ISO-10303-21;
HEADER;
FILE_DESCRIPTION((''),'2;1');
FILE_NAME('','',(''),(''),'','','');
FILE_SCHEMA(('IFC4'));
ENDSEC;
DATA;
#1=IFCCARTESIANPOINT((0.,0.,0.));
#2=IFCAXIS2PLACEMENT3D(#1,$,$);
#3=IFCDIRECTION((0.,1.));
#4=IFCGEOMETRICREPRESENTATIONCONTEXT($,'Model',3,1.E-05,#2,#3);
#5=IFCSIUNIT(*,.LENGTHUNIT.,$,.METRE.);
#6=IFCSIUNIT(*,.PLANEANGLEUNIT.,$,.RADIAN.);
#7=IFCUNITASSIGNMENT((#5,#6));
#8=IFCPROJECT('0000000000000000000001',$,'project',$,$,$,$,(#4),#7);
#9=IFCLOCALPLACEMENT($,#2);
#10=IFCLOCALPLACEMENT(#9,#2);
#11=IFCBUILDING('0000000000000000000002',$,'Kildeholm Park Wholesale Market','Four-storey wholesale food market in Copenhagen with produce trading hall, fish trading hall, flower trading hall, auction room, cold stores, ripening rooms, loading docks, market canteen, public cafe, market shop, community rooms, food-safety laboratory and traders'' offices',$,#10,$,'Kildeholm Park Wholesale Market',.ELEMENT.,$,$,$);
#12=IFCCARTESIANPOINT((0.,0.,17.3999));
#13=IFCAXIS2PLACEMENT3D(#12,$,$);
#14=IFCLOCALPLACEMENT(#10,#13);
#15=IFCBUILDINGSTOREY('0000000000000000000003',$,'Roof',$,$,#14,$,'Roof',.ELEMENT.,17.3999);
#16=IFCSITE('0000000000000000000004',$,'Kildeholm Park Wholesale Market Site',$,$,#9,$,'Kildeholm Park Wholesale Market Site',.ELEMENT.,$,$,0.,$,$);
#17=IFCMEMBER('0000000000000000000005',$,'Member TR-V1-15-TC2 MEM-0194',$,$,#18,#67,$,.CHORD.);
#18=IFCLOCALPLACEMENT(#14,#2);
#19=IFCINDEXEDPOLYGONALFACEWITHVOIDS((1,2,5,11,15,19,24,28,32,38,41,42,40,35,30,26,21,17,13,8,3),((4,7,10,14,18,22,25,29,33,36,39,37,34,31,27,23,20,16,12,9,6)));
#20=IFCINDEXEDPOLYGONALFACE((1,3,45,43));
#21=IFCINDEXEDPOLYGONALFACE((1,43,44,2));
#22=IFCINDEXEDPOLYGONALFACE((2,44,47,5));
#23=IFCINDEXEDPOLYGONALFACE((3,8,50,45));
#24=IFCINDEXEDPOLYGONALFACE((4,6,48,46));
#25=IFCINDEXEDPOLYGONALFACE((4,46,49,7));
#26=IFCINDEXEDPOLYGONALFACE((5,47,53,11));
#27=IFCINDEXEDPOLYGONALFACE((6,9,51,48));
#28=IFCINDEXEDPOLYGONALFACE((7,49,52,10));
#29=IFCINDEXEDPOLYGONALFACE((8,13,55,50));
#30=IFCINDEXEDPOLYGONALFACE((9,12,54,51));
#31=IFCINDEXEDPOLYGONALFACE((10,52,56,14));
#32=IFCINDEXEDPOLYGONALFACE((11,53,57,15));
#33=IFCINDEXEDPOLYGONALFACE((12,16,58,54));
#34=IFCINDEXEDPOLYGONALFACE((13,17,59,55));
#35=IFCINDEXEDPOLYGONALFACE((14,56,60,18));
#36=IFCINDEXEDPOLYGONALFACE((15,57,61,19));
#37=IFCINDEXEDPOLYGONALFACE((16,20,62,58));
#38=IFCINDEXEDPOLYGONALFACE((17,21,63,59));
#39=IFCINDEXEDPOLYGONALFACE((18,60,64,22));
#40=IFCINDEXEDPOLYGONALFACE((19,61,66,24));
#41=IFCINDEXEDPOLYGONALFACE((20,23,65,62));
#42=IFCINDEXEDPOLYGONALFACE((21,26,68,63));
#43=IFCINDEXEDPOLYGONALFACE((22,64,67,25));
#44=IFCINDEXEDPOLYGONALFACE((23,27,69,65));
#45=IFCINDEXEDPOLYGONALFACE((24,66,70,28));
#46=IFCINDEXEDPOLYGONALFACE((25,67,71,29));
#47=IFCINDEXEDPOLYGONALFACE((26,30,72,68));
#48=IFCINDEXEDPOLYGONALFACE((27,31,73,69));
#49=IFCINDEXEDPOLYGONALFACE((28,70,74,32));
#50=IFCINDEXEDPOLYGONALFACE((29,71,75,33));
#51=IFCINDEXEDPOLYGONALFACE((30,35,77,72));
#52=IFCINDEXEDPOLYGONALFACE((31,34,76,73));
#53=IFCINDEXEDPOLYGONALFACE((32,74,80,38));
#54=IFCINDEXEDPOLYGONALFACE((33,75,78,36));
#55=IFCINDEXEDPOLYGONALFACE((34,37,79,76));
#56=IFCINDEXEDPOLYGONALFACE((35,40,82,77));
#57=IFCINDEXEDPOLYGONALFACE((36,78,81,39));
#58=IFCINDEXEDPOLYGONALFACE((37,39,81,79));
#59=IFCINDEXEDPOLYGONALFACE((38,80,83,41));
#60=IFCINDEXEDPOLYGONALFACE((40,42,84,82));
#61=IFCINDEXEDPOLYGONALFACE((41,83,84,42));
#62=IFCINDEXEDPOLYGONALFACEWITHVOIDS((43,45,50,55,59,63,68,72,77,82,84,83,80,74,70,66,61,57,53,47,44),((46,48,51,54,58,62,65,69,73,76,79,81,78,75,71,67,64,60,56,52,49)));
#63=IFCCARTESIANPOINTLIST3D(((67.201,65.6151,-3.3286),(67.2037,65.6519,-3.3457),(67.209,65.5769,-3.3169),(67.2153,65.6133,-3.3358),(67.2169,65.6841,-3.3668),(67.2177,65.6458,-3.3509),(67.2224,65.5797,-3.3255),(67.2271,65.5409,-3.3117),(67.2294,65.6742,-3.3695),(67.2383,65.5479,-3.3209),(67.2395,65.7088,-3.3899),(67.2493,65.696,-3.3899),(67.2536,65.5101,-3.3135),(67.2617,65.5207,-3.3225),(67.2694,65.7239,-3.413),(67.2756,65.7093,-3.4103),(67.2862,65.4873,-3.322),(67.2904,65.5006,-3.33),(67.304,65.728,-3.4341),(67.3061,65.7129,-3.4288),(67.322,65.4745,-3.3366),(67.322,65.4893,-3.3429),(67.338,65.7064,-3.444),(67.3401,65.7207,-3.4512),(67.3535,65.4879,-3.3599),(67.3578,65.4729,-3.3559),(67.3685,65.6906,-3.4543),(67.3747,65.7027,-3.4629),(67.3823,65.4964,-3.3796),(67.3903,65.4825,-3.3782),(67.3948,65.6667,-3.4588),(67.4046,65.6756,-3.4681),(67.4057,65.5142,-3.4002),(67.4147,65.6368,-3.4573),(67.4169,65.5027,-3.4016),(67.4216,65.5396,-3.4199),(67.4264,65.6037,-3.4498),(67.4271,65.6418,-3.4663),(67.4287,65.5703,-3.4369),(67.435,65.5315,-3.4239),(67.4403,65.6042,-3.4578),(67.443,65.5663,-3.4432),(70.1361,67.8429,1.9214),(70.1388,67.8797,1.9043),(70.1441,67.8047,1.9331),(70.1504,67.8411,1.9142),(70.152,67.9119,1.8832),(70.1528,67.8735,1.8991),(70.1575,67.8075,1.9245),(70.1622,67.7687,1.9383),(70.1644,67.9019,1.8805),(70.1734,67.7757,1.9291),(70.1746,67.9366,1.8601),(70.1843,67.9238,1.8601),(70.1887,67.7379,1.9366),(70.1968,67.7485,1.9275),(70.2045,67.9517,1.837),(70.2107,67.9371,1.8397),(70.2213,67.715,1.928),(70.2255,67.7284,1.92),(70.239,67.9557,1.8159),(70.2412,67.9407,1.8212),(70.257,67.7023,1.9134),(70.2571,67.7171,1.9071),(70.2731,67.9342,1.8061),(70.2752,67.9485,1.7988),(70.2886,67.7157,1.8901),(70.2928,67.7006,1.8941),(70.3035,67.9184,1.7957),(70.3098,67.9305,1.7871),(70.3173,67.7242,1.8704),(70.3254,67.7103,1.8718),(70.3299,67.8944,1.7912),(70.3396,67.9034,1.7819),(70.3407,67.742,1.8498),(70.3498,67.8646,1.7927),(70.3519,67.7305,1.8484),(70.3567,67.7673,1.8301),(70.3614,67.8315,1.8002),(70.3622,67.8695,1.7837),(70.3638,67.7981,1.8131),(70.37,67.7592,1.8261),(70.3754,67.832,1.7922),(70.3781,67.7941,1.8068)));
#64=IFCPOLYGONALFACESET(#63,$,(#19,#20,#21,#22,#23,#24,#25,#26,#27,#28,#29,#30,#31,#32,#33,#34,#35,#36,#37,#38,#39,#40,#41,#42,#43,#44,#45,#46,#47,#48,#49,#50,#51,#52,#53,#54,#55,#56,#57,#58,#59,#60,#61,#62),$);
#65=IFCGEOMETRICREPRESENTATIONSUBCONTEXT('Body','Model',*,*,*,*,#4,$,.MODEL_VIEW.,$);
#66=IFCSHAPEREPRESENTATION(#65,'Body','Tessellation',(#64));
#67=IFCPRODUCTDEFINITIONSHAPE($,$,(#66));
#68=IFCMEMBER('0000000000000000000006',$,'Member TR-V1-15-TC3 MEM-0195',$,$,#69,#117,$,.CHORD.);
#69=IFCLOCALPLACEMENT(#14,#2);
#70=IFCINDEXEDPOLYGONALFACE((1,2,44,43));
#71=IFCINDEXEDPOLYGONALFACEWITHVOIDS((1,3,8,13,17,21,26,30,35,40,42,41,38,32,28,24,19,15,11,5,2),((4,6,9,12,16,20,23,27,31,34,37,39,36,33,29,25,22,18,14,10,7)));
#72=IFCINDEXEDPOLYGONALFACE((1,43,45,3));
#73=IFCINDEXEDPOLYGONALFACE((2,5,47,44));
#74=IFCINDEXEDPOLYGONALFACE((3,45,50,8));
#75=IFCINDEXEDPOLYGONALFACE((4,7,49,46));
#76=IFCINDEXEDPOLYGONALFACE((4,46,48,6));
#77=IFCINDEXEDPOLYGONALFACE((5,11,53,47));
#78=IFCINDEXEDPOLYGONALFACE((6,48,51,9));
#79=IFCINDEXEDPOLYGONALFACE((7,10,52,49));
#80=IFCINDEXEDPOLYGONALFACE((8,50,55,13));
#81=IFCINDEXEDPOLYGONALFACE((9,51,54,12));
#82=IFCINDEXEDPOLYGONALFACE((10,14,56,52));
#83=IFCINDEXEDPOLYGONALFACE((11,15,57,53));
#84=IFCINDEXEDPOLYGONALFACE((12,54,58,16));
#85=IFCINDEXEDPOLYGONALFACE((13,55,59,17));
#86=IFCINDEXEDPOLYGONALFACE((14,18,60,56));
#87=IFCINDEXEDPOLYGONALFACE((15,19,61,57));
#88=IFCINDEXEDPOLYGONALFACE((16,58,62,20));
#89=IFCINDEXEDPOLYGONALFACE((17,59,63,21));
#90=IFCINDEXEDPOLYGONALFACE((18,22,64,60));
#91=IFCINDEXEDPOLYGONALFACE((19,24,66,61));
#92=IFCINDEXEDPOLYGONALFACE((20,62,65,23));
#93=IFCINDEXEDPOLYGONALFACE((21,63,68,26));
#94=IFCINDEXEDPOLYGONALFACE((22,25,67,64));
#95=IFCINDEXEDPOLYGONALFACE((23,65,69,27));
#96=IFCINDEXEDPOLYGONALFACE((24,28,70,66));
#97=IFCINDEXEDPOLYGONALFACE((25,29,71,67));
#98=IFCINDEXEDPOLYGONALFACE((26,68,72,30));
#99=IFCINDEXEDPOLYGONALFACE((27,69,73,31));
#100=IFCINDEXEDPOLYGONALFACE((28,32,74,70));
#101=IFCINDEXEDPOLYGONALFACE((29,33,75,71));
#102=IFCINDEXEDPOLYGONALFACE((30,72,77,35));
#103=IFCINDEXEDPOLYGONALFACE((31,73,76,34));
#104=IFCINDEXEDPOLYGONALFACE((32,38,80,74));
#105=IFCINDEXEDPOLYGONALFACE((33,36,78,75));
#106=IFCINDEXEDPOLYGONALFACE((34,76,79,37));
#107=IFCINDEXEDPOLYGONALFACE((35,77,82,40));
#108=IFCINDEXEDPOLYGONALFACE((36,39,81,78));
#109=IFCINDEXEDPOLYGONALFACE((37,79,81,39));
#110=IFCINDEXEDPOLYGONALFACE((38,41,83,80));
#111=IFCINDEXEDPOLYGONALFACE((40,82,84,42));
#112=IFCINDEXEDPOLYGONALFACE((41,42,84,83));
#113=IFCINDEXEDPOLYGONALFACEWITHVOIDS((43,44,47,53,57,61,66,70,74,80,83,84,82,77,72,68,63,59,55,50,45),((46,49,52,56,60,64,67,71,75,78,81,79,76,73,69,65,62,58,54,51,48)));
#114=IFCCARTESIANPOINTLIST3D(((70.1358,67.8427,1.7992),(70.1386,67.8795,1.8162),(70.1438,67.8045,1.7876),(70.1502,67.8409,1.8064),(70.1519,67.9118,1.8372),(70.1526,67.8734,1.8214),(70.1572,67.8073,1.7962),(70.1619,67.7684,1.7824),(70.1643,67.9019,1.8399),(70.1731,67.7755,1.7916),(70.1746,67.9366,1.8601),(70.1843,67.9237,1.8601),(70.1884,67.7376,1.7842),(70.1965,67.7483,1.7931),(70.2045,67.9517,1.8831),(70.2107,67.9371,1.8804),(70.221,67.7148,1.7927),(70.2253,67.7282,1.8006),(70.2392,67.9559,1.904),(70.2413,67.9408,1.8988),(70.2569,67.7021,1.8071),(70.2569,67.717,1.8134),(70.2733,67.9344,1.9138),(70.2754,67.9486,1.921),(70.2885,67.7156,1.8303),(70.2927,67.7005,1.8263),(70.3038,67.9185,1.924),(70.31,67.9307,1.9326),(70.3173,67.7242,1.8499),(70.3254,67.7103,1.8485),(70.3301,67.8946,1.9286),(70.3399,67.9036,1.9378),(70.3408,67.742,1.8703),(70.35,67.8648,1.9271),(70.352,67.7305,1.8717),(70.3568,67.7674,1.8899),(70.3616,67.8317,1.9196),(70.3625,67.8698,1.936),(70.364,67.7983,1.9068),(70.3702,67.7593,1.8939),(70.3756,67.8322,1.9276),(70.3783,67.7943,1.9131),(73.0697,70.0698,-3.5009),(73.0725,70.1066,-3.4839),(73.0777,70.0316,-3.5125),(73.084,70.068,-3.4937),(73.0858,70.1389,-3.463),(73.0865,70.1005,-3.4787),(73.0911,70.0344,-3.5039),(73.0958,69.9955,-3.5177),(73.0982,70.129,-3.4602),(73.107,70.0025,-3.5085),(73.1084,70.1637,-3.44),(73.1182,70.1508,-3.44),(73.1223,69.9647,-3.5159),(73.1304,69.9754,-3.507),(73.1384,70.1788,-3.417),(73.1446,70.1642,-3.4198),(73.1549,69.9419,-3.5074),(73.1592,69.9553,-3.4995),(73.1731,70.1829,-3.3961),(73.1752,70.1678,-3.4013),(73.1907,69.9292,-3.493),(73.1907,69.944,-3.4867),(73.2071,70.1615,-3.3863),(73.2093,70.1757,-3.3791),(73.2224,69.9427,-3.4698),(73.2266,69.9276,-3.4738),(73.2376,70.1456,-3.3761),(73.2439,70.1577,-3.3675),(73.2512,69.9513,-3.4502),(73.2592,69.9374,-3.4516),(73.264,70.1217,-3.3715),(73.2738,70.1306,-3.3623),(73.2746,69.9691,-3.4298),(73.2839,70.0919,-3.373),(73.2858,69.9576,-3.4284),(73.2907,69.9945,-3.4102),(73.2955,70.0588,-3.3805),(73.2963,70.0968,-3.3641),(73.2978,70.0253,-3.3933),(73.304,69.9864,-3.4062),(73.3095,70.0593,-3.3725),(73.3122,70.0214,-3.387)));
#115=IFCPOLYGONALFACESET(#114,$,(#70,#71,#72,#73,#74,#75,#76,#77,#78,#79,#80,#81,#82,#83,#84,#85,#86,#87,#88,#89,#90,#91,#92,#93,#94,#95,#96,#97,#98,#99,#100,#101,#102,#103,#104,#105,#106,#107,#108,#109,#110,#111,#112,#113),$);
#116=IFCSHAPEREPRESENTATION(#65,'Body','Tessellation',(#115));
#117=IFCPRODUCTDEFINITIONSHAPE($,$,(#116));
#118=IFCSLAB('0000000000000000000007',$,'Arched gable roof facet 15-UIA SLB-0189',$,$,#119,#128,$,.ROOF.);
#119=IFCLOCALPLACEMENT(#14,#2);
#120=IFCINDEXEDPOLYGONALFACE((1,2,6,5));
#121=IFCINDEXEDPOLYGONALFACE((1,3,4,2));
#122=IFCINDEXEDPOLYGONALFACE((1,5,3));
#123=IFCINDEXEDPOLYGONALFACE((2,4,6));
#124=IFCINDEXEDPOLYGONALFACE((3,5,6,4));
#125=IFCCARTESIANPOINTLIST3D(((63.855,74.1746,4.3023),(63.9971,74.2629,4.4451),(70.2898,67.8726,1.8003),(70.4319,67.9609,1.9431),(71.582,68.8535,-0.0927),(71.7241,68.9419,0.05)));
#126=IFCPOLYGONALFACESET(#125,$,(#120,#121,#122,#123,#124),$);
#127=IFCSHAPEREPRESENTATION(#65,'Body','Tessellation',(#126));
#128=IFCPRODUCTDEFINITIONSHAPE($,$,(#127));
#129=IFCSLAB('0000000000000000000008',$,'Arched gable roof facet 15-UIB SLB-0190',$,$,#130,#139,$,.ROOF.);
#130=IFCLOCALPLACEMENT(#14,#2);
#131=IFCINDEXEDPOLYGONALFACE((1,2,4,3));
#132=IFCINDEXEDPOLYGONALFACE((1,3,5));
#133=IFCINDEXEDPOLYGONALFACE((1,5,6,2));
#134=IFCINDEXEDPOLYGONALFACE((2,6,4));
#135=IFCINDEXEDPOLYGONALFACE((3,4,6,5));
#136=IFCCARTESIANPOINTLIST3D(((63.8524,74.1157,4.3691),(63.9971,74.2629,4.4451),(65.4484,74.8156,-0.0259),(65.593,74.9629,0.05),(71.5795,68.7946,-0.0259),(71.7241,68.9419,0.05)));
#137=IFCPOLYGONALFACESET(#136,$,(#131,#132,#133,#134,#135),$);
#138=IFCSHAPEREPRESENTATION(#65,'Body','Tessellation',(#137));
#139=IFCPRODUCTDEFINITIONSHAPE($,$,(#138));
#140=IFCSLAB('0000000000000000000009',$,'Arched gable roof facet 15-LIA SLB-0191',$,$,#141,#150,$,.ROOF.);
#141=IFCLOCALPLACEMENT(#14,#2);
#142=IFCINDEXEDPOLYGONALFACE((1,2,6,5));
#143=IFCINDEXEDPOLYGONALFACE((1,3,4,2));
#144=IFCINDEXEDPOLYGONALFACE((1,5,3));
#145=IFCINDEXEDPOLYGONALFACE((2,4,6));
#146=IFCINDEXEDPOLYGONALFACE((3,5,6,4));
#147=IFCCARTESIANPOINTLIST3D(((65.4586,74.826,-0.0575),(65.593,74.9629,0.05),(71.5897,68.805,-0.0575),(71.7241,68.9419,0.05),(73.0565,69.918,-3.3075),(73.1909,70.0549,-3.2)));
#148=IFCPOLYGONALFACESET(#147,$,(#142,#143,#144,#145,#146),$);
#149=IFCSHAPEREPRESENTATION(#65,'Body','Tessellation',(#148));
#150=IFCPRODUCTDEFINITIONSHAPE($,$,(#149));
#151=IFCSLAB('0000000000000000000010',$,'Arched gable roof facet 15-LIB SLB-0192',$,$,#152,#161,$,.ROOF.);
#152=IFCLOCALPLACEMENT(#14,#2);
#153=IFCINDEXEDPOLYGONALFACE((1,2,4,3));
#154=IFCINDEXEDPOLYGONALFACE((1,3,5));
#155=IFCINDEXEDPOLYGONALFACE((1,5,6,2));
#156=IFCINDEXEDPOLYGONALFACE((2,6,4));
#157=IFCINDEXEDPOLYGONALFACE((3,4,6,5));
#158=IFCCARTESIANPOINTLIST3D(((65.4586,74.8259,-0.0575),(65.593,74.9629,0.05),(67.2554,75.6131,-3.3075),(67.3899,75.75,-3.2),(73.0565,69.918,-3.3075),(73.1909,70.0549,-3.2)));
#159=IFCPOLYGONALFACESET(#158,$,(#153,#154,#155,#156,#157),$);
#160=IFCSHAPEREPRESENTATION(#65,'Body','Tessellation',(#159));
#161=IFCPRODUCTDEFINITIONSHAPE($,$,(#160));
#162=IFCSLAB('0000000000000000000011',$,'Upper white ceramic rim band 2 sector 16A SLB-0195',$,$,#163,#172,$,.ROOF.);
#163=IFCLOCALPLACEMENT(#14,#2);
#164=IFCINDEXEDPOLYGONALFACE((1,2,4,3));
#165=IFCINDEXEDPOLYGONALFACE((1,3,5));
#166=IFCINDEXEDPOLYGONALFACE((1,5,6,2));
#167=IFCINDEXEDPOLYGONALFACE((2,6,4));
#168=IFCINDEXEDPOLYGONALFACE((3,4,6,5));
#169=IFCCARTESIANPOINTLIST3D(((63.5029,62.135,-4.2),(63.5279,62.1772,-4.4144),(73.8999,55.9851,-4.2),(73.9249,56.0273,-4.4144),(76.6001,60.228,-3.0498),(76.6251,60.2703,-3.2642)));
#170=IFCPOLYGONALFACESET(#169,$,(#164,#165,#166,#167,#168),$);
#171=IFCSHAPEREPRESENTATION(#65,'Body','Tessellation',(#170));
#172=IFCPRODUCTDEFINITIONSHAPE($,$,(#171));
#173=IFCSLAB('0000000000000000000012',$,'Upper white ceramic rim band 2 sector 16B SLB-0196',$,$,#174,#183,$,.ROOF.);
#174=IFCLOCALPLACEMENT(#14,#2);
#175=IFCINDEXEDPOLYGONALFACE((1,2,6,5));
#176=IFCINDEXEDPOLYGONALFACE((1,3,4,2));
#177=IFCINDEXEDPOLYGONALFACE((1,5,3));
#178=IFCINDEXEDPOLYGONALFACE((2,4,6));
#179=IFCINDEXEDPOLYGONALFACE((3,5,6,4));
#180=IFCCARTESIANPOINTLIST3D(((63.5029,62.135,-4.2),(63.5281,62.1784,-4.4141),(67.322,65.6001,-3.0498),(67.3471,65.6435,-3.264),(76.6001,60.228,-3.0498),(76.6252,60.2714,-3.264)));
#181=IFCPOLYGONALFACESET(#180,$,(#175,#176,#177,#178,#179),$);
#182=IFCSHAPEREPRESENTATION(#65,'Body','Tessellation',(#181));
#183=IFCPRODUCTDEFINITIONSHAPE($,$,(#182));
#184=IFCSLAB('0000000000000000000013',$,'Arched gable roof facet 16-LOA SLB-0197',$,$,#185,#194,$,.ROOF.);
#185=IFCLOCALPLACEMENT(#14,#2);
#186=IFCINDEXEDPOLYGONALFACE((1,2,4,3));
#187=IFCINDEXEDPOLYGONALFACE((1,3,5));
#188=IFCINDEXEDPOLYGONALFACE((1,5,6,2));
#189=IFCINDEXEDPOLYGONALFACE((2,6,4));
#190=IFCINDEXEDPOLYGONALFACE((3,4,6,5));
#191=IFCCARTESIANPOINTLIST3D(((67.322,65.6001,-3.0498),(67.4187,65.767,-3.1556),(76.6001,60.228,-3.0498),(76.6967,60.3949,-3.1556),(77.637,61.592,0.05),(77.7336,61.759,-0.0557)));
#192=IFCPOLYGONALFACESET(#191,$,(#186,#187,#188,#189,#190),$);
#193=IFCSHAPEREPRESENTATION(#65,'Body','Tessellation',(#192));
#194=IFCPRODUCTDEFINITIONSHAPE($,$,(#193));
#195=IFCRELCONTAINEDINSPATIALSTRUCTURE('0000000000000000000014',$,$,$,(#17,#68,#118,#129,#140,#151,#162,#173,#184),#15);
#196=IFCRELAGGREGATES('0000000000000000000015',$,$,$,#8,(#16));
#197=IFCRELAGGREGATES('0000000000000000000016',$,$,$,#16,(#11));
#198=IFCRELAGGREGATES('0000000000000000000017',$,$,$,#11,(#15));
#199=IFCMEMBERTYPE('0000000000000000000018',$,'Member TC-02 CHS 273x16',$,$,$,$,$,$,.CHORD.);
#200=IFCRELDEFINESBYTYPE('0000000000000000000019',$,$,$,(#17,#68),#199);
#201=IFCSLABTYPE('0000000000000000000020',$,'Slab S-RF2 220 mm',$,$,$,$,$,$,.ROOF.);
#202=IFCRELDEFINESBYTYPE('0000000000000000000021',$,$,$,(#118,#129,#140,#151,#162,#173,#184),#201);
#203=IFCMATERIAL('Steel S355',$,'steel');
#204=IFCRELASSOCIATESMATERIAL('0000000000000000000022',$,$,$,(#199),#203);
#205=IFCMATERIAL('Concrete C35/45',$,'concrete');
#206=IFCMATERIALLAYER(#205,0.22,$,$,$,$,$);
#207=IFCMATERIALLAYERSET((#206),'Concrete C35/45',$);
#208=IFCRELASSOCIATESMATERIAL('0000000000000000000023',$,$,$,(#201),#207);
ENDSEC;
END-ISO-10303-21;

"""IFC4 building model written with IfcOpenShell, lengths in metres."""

from ifc_helpers import new_model, si_unit, direction, frame, origin, origin_2d, place, context, subcontext, project, spatial, polyline, hollow_circle, outline, extrude, material, layer, layer_set, material_profile, profile_set, type_object, element, save


model = new_model("IFC4")

# Units and contexts
model_context = context("Model", 3, precision=1e-05, world=origin(), true_north=direction((0.0, 1.0)))
body_context = subcontext(model_context, "Body", "Model", "MODEL_VIEW")
ifc_project = project(units=[si_unit("LENGTHUNIT", "METRE"), si_unit("PLANEANGLEUNIT", "RADIAN")], contexts=[model_context])

# Site, building, storey
site_placement = place(None, origin())
site = spatial("IfcSite", under=ifc_project, at=site_placement, Name="Kildeholm Park Wholesale Market Site", LongName="Kildeholm Park Wholesale Market Site", CompositionType="ELEMENT", RefElevation=0.0)
building_placement = place(site_placement, origin())
building = spatial("IfcBuilding", under=site, at=building_placement, Name="Kildeholm Park Wholesale Market", Description="Four-storey wholesale food market in Copenhagen with produce trading hall, fish trading hall, flower trading hall, auction room, cold stores, ripening rooms, loading docks, market canteen, public cafe, market shop, community rooms, food-safety laboratory and traders' offices", LongName="Kildeholm Park Wholesale Market", CompositionType="ELEMENT")
storey_placement = place(building_placement, frame((0.0, 0.0, 17.3999)))
storey = spatial("IfcBuildingStorey", under=building, at=storey_placement, Name="Roof", LongName="Roof", CompositionType="ELEMENT", Elevation=17.3999)

# Shared definitions
ifc_material_1 = material(Name="Steel S355", Category="steel")

# Members
ifc_material_profile_1 = material_profile(ifc_material_1, hollow_circle(Radius=0.1365, WallThickness=0.0161, at=origin_2d()), Name="CHS 273x16")
ifc_profile_set_1 = profile_set([ifc_material_profile_1], Name="Steel S355")
member_type_1 = type_object("IfcMemberType", Name="Member TC-02 CHS 273x16", PredefinedType="CHORD", material=ifc_profile_set_1)
member_1_placement = place(storey_placement, frame((67.322, 65.6001, -3.3899), z_axis=(0.457598, 0.347328, 0.818515), x_axis=(-0.604591, 0.796536, 0.0)))
element("IfcMember", 1, at=member_1_placement, inside=storey, type_object=member_type_1, Name="Member TR-V1-15-TC2 MEM-0194", PredefinedType="CHORD", context=body_context, shape_type="SweptSolid", body=[
    extrude(hollow_circle(Radius=0.1365, WallThickness=0.0161, at=origin_2d()), origin(), (0.0, 0.0, 1.0), 6.4141),
])
member_2_placement = place(storey_placement, frame((70.2571, 67.8279, 1.8601), z_axis=(0.454557, 0.34505, -0.821169), x_axis=(-0.604624, 0.796511, 0.0)))
element("IfcMember", 2, at=member_2_placement, inside=storey, type_object=member_type_1, Name="Member TR-V1-15-TC3 MEM-0195", PredefinedType="CHORD", context=body_context, shape_type="SweptSolid", body=[
    extrude(hollow_circle(Radius=0.1365, WallThickness=0.0161, at=origin_2d()), origin(), (0.0, 0.0, 1.0), 6.4543),
])

# Slabs
ifc_material_2 = material(Name="Concrete C35/45", Category="concrete")
ifc_layer_1 = layer(ifc_material_2, 0.22)
ifc_layer_set_1 = layer_set([ifc_layer_1], Name="Concrete C35/45")
slab_type = type_object("IfcSlabType", Name="Slab S-RF2 220 mm", PredefinedType="ROOF", material=ifc_layer_set_1)
slab_1_placement = place(storey_placement, frame((63.9971, 74.2629, 4.4451), z_axis=(0.645905, 0.401812, 0.649117), x_axis=(0.688376, -0.674168, -0.267651)))
element("IfcSlab", 3, at=slab_1_placement, inside=storey, type_object=slab_type, Name="Arched gable roof facet 15-UIA SLB-0189", PredefinedType="ROOF", context=body_context, shape_type="SweptSolid", body=[
    extrude(outline(polyline([(0.0, 0.0), (9.3478, 0.0), (10.0827, 2.3824), (0.0, 0.0)])), origin(), (0.0, 0.0, -1.0), 0.22),
])
slab_2_placement = place(storey_placement, frame((63.9971, 74.2629, 4.4451), z_axis=(0.657547, 0.669571, 0.345408), x_axis=(0.745829, -0.513597, -0.424215)))
element("IfcSlab", 4, at=slab_2_placement, inside=storey, type_object=slab_type, Name="Arched gable roof facet 15-UIB SLB-0190", PredefinedType="ROOF", context=body_context, shape_type="SweptSolid", body=[
    extrude(outline(polyline([(0.0, 0.0), (10.3604, 0.0), (2.6952, 3.8844), (0.0, 0.0)])), origin(), (0.0, 0.0, -1.0), 0.22),
])
slab_3_placement = place(storey_placement, frame((65.593, 74.9629, 0.05), z_axis=(0.611189, 0.622366, 0.488987), x_axis=(0.713484, -0.700671, 0.0)))
element("IfcSlab", 5, at=slab_3_placement, inside=storey, type_object=slab_type, Name="Arched gable roof facet 15-LIA SLB-0191", PredefinedType="ROOF", context=body_context, shape_type="SweptSolid", body=[
    extrude(outline(polyline([(0.0, 0.0), (8.5932, 0.0), (8.8598, 3.7258), (0.0, 0.0)])), origin(), (0.0, 0.0, -1.0), 0.22),
])
slab_4_placement = place(storey_placement, frame((65.593, 74.9629, 0.05), z_axis=(0.611203, 0.622574, 0.488704), x_axis=(0.790511, -0.51064, -0.338141)))
element("IfcSlab", 6, at=slab_4_placement, inside=storey, type_object=slab_type, Name="Arched gable roof facet 15-LIB SLB-0192", PredefinedType="ROOF", context=body_context, shape_type="SweptSolid", body=[
    extrude(outline(polyline([(0.0, 0.0), (9.6114, 0.0), (2.1175, 3.1507), (0.0, 0.0)])), origin(), (0.0, 0.0, -1.0), 0.22),
])
slab_5_placement = place(storey_placement, frame((63.5029, 62.135, -4.2), z_axis=(-0.113557, -0.191978, 0.974807), x_axis=(0.8607, -0.509112, 0.0)))
element("IfcSlab", 7, at=slab_5_placement, inside=storey, type_object=slab_type, Name="Upper white ceramic rim band 2 sector 16A SLB-0195", PredefinedType="ROOF", context=body_context, shape_type="SweptSolid", body=[
    extrude(outline(polyline([(0.0, 0.0), (12.0797, 0.0), (12.2436, 5.1565), (0.0, 0.0)])), origin(), (0.0, 0.0, -1.0), 0.22),
])
slab_6_placement = place(storey_placement, frame((63.5029, 62.135, -4.2), z_axis=(-0.114229, -0.197285, 0.973669), x_axis=(0.98585, -0.143542, 0.086574)))
element("IfcSlab", 8, at=slab_6_placement, inside=storey, type_object=slab_type, Name="Upper white ceramic rim band 2 sector 16B SLB-0196", PredefinedType="ROOF", context=body_context, shape_type="SweptSolid", body=[
    extrude(outline(polyline([(0.0, 0.0), (13.2852, 0.0), (3.3672, 4.0715), (0.0, 0.0)])), origin(), (0.0, 0.0, -1.0), 0.22),
])
slab_7_placement = place(storey_placement, frame((67.322, 65.6001, -3.0498), z_axis=(-0.439346, -0.758792, 0.480844), x_axis=(0.865404, -0.501075, 0.0)))
element("IfcSlab", 9, at=slab_7_placement, inside=storey, type_object=slab_type, Name="Arched gable roof facet 16-LOA SLB-0197", PredefinedType="ROOF", context=body_context, shape_type="SweptSolid", body=[
    extrude(outline(polyline([(0.0, 0.0), (10.7211, 0.0), (10.9349, 3.5354), (0.0, 0.0)])), origin(), (0.0, 0.0, -1.0), 0.22),
])

save(model, "model.ifc")
